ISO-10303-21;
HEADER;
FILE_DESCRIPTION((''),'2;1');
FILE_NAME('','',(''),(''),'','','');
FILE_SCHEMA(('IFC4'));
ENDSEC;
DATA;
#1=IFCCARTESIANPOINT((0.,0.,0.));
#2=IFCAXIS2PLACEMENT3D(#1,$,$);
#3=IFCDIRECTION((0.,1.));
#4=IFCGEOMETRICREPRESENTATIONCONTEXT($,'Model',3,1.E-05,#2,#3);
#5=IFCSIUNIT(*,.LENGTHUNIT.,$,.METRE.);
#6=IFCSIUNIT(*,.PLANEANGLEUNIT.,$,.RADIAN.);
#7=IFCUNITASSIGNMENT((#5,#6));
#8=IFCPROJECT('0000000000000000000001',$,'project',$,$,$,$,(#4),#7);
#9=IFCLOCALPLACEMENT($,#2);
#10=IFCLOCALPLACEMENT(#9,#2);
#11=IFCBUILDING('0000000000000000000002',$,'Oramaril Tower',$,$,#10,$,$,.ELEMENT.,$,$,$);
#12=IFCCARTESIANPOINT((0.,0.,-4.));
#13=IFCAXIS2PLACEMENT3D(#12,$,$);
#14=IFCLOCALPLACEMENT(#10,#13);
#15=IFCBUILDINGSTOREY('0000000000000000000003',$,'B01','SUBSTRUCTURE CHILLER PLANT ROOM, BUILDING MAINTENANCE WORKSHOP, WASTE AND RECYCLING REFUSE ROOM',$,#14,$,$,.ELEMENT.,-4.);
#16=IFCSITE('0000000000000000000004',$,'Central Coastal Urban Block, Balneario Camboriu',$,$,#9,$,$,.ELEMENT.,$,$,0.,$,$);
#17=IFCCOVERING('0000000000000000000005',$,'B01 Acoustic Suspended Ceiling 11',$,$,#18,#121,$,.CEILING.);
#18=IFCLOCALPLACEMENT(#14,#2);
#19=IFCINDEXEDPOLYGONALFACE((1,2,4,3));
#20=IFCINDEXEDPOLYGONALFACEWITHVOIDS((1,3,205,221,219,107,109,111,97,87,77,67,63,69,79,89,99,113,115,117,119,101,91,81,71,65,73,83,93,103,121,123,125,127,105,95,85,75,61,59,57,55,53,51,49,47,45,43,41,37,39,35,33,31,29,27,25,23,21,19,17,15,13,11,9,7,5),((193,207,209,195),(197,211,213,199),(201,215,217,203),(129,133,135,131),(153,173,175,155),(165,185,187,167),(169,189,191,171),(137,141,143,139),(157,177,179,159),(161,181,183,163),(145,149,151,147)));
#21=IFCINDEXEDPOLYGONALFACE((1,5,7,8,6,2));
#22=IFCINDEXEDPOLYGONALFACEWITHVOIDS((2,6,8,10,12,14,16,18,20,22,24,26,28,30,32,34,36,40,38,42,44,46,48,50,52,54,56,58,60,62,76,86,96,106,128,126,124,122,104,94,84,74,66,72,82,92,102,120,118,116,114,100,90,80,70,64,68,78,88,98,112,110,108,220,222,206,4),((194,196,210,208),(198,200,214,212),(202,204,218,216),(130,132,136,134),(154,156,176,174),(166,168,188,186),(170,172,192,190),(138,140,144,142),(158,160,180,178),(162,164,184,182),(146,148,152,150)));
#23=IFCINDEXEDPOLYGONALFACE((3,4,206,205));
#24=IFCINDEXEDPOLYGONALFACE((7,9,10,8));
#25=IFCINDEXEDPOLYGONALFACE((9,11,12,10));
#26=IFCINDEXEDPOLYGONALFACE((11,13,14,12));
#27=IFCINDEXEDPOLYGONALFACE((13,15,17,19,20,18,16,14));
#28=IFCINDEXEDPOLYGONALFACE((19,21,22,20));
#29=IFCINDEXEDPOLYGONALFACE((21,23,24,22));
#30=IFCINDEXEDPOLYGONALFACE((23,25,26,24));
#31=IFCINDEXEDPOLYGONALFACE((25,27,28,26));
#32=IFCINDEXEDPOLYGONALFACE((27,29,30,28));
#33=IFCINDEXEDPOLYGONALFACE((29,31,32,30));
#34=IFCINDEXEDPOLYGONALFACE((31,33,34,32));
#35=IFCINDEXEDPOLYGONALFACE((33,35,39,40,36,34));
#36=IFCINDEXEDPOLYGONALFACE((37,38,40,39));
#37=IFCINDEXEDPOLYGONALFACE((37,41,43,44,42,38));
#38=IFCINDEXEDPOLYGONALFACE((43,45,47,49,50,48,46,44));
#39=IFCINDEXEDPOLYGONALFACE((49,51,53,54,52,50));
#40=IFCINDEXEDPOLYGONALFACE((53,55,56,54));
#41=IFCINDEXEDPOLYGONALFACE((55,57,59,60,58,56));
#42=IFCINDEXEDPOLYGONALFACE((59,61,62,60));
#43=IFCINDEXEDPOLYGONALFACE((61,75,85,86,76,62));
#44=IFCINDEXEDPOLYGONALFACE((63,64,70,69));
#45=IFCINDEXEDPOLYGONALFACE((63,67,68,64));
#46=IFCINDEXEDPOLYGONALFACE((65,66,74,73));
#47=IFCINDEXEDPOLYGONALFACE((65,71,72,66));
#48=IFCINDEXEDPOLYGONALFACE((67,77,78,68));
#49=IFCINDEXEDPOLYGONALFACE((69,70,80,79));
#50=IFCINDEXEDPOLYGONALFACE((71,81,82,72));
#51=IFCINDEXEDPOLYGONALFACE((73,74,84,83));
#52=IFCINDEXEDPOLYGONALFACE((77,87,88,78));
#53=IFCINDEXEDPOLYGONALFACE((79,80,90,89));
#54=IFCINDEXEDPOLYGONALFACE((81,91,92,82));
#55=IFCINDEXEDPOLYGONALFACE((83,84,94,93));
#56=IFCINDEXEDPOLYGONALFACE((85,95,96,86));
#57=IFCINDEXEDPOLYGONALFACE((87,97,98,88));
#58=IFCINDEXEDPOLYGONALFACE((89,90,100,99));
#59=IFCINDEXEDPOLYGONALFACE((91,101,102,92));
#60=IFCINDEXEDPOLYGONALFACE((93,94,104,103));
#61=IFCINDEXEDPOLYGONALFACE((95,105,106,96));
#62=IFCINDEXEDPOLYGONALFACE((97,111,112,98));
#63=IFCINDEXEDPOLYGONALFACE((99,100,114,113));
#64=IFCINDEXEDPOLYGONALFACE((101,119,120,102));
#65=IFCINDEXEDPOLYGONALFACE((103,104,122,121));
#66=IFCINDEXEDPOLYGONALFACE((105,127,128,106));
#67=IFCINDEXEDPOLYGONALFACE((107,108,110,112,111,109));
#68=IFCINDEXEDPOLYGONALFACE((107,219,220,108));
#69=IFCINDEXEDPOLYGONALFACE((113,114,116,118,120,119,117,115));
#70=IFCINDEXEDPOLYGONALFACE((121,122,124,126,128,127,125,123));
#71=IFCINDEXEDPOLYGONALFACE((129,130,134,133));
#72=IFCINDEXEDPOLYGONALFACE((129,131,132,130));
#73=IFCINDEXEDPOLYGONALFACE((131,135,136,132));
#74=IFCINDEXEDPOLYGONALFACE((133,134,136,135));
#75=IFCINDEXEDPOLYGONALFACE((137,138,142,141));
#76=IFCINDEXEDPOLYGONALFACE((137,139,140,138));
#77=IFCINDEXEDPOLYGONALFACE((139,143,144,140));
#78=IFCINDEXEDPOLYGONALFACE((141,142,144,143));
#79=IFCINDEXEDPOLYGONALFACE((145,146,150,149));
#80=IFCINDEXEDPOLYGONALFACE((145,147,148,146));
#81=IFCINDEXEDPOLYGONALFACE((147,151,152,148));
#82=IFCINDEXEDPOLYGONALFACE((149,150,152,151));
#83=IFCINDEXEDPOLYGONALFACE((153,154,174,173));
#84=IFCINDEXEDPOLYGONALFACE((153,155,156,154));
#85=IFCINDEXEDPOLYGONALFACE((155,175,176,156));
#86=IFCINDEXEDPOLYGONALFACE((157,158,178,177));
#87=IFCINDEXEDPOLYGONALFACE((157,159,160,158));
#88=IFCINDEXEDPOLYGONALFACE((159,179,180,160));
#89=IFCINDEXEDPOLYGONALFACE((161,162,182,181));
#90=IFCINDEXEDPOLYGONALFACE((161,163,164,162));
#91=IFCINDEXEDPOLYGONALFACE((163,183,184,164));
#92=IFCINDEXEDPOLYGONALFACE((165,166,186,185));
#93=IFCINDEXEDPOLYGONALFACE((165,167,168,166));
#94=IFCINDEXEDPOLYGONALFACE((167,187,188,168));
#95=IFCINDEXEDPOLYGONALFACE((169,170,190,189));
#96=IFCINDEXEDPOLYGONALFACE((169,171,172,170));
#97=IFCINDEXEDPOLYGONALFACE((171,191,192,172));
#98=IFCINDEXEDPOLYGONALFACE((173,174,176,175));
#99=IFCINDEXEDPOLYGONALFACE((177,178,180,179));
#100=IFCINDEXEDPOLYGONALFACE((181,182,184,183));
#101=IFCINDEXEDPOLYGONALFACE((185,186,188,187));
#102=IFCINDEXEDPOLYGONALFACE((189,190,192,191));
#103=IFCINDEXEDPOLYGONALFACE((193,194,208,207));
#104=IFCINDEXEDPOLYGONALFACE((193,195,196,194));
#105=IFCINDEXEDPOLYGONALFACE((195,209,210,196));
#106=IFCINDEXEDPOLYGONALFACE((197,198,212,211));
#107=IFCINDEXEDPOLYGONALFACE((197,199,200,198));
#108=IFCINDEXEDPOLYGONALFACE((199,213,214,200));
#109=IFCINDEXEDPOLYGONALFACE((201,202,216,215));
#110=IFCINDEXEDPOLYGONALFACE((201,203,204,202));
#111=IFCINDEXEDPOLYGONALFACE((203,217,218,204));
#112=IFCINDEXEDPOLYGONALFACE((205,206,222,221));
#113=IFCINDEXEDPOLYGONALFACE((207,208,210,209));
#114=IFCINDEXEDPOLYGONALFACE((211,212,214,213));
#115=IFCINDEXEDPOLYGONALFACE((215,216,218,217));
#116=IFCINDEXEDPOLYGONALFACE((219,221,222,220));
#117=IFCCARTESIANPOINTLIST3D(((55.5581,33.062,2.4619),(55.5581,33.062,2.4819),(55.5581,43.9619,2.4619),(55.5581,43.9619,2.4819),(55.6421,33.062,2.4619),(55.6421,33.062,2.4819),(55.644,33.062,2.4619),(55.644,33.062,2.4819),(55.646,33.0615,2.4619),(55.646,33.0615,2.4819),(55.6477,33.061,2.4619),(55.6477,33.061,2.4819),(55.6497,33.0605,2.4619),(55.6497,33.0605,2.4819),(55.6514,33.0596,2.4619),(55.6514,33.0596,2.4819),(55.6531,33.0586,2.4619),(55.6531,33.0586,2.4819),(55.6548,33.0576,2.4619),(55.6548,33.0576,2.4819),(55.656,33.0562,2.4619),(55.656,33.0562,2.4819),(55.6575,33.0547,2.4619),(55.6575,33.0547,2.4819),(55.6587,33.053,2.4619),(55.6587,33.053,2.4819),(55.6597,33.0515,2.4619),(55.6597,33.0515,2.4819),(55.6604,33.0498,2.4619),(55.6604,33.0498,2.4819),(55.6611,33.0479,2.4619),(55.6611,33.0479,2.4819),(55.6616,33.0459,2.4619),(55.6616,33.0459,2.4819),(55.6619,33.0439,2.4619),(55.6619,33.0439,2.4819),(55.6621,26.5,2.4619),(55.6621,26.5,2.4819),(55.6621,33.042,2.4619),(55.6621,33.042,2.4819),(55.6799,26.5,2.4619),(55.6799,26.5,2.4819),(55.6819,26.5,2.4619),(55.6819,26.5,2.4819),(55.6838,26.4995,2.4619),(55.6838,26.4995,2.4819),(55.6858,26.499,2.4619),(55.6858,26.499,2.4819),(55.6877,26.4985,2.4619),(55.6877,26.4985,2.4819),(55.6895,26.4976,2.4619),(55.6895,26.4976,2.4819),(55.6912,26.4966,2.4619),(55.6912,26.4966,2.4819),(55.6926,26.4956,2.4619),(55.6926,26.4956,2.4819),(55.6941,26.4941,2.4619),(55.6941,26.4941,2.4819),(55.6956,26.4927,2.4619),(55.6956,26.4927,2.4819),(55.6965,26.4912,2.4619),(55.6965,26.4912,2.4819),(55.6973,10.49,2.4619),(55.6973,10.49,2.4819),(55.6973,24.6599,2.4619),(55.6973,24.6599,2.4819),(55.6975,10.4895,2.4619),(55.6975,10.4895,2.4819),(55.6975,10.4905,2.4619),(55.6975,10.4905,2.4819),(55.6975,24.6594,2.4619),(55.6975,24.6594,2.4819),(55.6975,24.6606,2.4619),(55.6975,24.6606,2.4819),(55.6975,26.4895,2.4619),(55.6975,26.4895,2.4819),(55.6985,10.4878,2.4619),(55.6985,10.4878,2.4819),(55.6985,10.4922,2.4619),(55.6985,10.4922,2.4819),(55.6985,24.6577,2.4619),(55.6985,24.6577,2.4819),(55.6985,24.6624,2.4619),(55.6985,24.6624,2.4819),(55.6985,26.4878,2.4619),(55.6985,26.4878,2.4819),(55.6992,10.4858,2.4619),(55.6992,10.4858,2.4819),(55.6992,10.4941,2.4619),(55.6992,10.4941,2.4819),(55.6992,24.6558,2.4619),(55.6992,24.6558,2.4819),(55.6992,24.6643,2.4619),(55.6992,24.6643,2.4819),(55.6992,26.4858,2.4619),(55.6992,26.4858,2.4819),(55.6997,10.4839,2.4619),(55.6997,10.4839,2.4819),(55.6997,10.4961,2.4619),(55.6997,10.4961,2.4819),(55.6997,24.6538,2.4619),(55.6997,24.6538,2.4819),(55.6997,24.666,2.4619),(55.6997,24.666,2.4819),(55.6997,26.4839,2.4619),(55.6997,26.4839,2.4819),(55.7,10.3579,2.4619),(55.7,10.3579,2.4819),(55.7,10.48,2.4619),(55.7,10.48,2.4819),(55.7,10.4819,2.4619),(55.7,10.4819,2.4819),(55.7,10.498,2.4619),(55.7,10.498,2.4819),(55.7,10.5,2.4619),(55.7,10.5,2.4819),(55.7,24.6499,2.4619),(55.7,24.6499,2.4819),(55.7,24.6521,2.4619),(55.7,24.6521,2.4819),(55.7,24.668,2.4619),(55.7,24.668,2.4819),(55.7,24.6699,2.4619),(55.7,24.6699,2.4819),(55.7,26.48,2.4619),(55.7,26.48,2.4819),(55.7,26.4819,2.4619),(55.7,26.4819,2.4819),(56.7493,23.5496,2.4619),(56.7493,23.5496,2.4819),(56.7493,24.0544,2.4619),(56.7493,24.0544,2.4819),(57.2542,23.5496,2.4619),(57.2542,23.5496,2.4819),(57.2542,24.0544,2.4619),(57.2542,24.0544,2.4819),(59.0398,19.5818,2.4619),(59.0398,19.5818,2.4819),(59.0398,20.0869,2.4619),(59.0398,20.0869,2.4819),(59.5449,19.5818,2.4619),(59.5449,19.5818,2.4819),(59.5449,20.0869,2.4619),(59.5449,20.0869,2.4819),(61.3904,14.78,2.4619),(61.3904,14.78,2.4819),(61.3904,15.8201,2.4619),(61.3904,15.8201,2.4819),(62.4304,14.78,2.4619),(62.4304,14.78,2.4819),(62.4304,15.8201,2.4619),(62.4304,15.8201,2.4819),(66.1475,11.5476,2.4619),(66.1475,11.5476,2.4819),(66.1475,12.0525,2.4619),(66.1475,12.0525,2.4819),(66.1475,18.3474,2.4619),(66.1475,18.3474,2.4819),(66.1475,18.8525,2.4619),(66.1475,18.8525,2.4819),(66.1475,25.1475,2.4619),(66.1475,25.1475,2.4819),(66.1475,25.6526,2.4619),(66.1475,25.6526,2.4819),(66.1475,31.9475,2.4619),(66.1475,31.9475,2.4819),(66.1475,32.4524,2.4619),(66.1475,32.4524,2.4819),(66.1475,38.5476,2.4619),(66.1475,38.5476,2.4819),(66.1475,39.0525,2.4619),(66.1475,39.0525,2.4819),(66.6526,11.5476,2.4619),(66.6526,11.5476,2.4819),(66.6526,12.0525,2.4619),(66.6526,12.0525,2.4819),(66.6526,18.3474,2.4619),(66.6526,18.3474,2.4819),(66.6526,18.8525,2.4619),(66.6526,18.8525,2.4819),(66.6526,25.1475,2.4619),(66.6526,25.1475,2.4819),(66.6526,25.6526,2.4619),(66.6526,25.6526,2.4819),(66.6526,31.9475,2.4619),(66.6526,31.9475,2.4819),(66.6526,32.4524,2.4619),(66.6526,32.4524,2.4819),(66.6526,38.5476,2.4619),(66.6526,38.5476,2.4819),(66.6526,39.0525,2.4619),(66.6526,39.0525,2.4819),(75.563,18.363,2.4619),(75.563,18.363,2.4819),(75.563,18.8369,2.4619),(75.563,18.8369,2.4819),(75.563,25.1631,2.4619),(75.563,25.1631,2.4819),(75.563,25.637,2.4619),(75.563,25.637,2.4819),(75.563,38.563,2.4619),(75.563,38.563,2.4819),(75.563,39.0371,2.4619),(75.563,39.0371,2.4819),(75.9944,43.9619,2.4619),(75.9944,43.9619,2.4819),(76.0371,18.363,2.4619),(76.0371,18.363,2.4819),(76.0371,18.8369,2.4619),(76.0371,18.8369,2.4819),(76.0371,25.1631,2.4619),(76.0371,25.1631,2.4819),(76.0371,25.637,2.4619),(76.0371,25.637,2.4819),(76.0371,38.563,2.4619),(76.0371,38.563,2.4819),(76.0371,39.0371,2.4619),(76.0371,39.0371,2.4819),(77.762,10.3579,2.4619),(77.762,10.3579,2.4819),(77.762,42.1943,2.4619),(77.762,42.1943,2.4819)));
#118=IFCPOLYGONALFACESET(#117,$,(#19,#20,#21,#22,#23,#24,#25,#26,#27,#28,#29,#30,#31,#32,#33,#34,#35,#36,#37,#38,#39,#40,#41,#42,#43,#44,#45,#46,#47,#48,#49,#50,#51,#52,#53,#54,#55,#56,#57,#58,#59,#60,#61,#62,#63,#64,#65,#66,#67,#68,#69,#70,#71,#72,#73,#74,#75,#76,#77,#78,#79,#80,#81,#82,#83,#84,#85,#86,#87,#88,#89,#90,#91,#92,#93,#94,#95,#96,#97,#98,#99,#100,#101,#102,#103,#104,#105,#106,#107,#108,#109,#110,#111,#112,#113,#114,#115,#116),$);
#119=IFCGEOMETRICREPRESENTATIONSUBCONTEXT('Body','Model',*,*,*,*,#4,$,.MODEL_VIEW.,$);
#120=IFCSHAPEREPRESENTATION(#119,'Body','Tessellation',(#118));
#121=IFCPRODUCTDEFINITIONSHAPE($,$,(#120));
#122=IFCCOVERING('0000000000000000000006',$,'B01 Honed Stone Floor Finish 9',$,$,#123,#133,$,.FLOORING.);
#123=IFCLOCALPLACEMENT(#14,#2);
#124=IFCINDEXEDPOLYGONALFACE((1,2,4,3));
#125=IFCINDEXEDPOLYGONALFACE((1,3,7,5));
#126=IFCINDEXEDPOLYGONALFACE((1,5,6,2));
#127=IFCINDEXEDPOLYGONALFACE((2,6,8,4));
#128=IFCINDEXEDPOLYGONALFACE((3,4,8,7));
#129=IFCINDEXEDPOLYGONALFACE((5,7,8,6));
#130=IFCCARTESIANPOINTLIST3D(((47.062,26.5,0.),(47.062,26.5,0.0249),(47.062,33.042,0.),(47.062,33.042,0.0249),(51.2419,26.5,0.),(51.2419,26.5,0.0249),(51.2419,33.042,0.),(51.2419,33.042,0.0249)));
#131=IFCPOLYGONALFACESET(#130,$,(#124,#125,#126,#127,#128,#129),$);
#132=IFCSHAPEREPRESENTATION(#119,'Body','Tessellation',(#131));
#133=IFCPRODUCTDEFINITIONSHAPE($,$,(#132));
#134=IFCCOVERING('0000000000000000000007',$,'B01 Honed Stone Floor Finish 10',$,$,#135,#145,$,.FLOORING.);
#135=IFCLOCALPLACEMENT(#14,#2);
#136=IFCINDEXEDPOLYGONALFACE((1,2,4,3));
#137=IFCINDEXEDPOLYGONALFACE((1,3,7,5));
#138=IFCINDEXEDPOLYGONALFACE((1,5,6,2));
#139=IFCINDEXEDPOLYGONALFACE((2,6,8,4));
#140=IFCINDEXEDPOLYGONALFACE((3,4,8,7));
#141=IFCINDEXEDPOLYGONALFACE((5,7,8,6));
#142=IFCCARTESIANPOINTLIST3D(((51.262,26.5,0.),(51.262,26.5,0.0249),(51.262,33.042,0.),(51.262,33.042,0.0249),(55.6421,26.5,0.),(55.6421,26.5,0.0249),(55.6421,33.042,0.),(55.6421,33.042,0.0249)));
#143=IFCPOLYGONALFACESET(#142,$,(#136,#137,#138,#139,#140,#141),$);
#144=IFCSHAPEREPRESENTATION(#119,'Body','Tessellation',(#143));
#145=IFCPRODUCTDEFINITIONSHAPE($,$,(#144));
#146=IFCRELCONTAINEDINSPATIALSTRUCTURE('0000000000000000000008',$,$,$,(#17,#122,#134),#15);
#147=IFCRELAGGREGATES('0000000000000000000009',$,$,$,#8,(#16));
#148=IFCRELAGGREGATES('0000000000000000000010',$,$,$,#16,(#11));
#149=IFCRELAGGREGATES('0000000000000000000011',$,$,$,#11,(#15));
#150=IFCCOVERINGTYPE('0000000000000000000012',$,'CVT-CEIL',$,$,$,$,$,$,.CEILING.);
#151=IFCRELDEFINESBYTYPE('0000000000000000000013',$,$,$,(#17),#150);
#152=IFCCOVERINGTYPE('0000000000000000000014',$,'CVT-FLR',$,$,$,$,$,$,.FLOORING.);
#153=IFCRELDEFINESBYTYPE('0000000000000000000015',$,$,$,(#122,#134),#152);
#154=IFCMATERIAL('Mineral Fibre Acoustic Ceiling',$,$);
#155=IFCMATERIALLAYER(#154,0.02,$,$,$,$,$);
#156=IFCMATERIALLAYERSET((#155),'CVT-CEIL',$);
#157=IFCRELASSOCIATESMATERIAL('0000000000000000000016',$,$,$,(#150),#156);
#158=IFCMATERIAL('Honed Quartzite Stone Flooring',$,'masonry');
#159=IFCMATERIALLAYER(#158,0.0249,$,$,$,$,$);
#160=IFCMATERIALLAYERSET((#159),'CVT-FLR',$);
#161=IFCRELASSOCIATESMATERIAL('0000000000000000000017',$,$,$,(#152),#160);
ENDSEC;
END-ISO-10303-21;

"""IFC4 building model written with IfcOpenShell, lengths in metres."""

from ifc_helpers import new_model, si_unit, direction, frame, origin, place, context, subcontext, project, spatial, polyline, outline, extrude, material, layer, layer_set, type_object, element, save


model = new_model("IFC4")

# Units and contexts
model_context = context("Model", 3, precision=1e-05, world=origin(), true_north=direction((0.0, 1.0)))
body_context = subcontext(model_context, "Body", "Model", "MODEL_VIEW")
ifc_project = project(units=[si_unit("LENGTHUNIT", "METRE"), si_unit("PLANEANGLEUNIT", "RADIAN")], contexts=[model_context])

# Site, building, storey
site_placement = place(None, origin())
site = spatial("IfcSite", under=ifc_project, at=site_placement, Name="Central Coastal Urban Block, Balneario Camboriu", CompositionType="ELEMENT", RefElevation=0.0)
building_placement = place(site_placement, origin())
building = spatial("IfcBuilding", under=site, at=building_placement, Name="Oramaril Tower", CompositionType="ELEMENT")
storey_placement = place(building_placement, frame((0.0, 0.0, -4.0)))
storey = spatial("IfcBuildingStorey", under=building, at=storey_placement, Name="B01", Description="SUBSTRUCTURE CHILLER PLANT ROOM, BUILDING MAINTENANCE WORKSHOP, WASTE AND RECYCLING REFUSE ROOM", CompositionType="ELEMENT", Elevation=-4.0)

# Coverings
ifc_material_1 = material(Name="Mineral Fibre Acoustic Ceiling")
ifc_layer_1 = layer(ifc_material_1, 0.02)
ifc_layer_set_1 = layer_set([ifc_layer_1], Name="CVT-CEIL")
covering_type_1 = type_object("IfcCoveringType", Name="CVT-CEIL", PredefinedType="CEILING", material=ifc_layer_set_1)
covering_1_placement = place(storey_placement, frame((0.0, 0.0, 2.4619)))
element("IfcCovering", 1, at=covering_1_placement, inside=storey, type_object=covering_type_1, Name="B01 Acoustic Suspended Ceiling 11", PredefinedType="CEILING", context=body_context, shape_type="SweptSolid", body=[
    extrude(outline(polyline([(77.762, 42.1943), (77.762, 10.3579), (55.7, 10.3579), (55.7, 10.48), (55.7, 10.4819), (55.6997, 10.4839), (55.6992, 10.4858), (55.6985, 10.4878), (55.6975, 10.4895), (55.6973, 10.49), (55.6975, 10.4905), (55.6985, 10.4922), (55.6992, 10.4941), (55.6997, 10.4961), (55.7, 10.498), (55.7, 10.5), (55.7, 24.6499), (55.7, 24.6521), (55.6997, 24.6538), (55.6992, 24.6558), (55.6985, 24.6577), (55.6975, 24.6594), (55.6973, 24.6599), (55.6975, 24.6606), (55.6985, 24.6624), (55.6992, 24.6643), (55.6997, 24.666), (55.7, 24.668), (55.7, 24.6699), (55.7, 26.48), (55.7, 26.4819), (55.6997, 26.4839), (55.6992, 26.4858), (55.6985, 26.4878), (55.6975, 26.4895), (55.6965, 26.4912), (55.6956, 26.4927), (55.6941, 26.4941), (55.6926, 26.4956), (55.6912, 26.4966), (55.6895, 26.4976), (55.6877, 26.4985), (55.6858, 26.499), (55.6838, 26.4995), (55.6819, 26.5), (55.6799, 26.5), (55.6621, 26.5), (55.6621, 33.042), (55.6619, 33.0439), (55.6616, 33.0459), (55.6611, 33.0479), (55.6604, 33.0498), (55.6597, 33.0515), (55.6587, 33.053), (55.6575, 33.0547), (55.656, 33.0562), (55.6548, 33.0576), (55.6531, 33.0586), (55.6514, 33.0596), (55.6497, 33.0605), (55.6477, 33.061), (55.646, 33.0615), (55.644, 33.062), (55.6421, 33.062), (55.5581, 33.062), (55.5581, 43.9619), (75.9944, 43.9619), (77.762, 42.1943)]), holes=[polyline([(66.6526, 12.0525), (66.1475, 12.0525), (66.1475, 11.5476), (66.6526, 11.5476), (66.6526, 12.0525)]), polyline([(62.4304, 14.78), (62.4304, 15.8201), (61.3904, 15.8201), (61.3904, 14.78), (62.4304, 14.78)]), polyline([(66.6526, 18.3474), (66.6526, 18.8525), (66.1475, 18.8525), (66.1475, 18.3474), (66.6526, 18.3474)]), polyline([(76.0371, 18.8369), (75.563, 18.8369), (75.563, 18.363), (76.0371, 18.363), (76.0371, 18.8369)]), polyline([(59.5449, 19.5818), (59.5449, 20.0869), (59.0398, 20.0869), (59.0398, 19.5818), (59.5449, 19.5818)]), polyline([(57.2542, 23.5496), (57.2542, 24.0544), (56.7493, 24.0544), (56.7493, 23.5496), (57.2542, 23.5496)]), polyline([(66.6526, 25.6526), (66.1475, 25.6526), (66.1475, 25.1475), (66.6526, 25.1475), (66.6526, 25.6526)]), polyline([(76.0371, 25.1631), (76.0371, 25.637), (75.563, 25.637), (75.563, 25.1631), (76.0371, 25.1631)]), polyline([(66.6526, 31.9475), (66.6526, 32.4524), (66.1475, 32.4524), (66.1475, 31.9475), (66.6526, 31.9475)]), polyline([(66.6526, 38.5476), (66.6526, 39.0525), (66.1475, 39.0525), (66.1475, 38.5476), (66.6526, 38.5476)]), polyline([(76.0371, 38.563), (76.0371, 39.0371), (75.563, 39.0371), (75.563, 38.563), (76.0371, 38.563)])]), origin(), (0.0, 0.0, 1.0), 0.02),
])
ifc_material_2 = material(Name="Honed Quartzite Stone Flooring", Category="masonry")
ifc_layer_2 = layer(ifc_material_2, 0.0249)
ifc_layer_set_2 = layer_set([ifc_layer_2], Name="CVT-FLR")
covering_type_2 = type_object("IfcCoveringType", Name="CVT-FLR", PredefinedType="FLOORING", material=ifc_layer_set_2)
covering_2_placement = place(storey_placement, origin())
element("IfcCovering", 2, at=covering_2_placement, inside=storey, type_object=covering_type_2, Name="B01 Honed Stone Floor Finish 9", PredefinedType="FLOORING", context=body_context, shape_type="SweptSolid", body=[
    extrude(outline(polyline([(51.2419, 33.042), (51.2419, 26.5), (47.062, 26.5), (47.062, 33.042), (51.2419, 33.042)])), origin(), (0.0, 0.0, 1.0), 0.0249),
])
covering_3_placement = place(storey_placement, origin())
element("IfcCovering", 3, at=covering_3_placement, inside=storey, type_object=covering_type_2, Name="B01 Honed Stone Floor Finish 10", PredefinedType="FLOORING", context=body_context, shape_type="SweptSolid", body=[
    extrude(outline(polyline([(55.6421, 33.042), (55.6421, 26.5), (51.262, 26.5), (51.262, 33.042), (55.6421, 33.042)])), origin(), (0.0, 0.0, 1.0), 0.0249),
])

save(model, "model.ifc")
